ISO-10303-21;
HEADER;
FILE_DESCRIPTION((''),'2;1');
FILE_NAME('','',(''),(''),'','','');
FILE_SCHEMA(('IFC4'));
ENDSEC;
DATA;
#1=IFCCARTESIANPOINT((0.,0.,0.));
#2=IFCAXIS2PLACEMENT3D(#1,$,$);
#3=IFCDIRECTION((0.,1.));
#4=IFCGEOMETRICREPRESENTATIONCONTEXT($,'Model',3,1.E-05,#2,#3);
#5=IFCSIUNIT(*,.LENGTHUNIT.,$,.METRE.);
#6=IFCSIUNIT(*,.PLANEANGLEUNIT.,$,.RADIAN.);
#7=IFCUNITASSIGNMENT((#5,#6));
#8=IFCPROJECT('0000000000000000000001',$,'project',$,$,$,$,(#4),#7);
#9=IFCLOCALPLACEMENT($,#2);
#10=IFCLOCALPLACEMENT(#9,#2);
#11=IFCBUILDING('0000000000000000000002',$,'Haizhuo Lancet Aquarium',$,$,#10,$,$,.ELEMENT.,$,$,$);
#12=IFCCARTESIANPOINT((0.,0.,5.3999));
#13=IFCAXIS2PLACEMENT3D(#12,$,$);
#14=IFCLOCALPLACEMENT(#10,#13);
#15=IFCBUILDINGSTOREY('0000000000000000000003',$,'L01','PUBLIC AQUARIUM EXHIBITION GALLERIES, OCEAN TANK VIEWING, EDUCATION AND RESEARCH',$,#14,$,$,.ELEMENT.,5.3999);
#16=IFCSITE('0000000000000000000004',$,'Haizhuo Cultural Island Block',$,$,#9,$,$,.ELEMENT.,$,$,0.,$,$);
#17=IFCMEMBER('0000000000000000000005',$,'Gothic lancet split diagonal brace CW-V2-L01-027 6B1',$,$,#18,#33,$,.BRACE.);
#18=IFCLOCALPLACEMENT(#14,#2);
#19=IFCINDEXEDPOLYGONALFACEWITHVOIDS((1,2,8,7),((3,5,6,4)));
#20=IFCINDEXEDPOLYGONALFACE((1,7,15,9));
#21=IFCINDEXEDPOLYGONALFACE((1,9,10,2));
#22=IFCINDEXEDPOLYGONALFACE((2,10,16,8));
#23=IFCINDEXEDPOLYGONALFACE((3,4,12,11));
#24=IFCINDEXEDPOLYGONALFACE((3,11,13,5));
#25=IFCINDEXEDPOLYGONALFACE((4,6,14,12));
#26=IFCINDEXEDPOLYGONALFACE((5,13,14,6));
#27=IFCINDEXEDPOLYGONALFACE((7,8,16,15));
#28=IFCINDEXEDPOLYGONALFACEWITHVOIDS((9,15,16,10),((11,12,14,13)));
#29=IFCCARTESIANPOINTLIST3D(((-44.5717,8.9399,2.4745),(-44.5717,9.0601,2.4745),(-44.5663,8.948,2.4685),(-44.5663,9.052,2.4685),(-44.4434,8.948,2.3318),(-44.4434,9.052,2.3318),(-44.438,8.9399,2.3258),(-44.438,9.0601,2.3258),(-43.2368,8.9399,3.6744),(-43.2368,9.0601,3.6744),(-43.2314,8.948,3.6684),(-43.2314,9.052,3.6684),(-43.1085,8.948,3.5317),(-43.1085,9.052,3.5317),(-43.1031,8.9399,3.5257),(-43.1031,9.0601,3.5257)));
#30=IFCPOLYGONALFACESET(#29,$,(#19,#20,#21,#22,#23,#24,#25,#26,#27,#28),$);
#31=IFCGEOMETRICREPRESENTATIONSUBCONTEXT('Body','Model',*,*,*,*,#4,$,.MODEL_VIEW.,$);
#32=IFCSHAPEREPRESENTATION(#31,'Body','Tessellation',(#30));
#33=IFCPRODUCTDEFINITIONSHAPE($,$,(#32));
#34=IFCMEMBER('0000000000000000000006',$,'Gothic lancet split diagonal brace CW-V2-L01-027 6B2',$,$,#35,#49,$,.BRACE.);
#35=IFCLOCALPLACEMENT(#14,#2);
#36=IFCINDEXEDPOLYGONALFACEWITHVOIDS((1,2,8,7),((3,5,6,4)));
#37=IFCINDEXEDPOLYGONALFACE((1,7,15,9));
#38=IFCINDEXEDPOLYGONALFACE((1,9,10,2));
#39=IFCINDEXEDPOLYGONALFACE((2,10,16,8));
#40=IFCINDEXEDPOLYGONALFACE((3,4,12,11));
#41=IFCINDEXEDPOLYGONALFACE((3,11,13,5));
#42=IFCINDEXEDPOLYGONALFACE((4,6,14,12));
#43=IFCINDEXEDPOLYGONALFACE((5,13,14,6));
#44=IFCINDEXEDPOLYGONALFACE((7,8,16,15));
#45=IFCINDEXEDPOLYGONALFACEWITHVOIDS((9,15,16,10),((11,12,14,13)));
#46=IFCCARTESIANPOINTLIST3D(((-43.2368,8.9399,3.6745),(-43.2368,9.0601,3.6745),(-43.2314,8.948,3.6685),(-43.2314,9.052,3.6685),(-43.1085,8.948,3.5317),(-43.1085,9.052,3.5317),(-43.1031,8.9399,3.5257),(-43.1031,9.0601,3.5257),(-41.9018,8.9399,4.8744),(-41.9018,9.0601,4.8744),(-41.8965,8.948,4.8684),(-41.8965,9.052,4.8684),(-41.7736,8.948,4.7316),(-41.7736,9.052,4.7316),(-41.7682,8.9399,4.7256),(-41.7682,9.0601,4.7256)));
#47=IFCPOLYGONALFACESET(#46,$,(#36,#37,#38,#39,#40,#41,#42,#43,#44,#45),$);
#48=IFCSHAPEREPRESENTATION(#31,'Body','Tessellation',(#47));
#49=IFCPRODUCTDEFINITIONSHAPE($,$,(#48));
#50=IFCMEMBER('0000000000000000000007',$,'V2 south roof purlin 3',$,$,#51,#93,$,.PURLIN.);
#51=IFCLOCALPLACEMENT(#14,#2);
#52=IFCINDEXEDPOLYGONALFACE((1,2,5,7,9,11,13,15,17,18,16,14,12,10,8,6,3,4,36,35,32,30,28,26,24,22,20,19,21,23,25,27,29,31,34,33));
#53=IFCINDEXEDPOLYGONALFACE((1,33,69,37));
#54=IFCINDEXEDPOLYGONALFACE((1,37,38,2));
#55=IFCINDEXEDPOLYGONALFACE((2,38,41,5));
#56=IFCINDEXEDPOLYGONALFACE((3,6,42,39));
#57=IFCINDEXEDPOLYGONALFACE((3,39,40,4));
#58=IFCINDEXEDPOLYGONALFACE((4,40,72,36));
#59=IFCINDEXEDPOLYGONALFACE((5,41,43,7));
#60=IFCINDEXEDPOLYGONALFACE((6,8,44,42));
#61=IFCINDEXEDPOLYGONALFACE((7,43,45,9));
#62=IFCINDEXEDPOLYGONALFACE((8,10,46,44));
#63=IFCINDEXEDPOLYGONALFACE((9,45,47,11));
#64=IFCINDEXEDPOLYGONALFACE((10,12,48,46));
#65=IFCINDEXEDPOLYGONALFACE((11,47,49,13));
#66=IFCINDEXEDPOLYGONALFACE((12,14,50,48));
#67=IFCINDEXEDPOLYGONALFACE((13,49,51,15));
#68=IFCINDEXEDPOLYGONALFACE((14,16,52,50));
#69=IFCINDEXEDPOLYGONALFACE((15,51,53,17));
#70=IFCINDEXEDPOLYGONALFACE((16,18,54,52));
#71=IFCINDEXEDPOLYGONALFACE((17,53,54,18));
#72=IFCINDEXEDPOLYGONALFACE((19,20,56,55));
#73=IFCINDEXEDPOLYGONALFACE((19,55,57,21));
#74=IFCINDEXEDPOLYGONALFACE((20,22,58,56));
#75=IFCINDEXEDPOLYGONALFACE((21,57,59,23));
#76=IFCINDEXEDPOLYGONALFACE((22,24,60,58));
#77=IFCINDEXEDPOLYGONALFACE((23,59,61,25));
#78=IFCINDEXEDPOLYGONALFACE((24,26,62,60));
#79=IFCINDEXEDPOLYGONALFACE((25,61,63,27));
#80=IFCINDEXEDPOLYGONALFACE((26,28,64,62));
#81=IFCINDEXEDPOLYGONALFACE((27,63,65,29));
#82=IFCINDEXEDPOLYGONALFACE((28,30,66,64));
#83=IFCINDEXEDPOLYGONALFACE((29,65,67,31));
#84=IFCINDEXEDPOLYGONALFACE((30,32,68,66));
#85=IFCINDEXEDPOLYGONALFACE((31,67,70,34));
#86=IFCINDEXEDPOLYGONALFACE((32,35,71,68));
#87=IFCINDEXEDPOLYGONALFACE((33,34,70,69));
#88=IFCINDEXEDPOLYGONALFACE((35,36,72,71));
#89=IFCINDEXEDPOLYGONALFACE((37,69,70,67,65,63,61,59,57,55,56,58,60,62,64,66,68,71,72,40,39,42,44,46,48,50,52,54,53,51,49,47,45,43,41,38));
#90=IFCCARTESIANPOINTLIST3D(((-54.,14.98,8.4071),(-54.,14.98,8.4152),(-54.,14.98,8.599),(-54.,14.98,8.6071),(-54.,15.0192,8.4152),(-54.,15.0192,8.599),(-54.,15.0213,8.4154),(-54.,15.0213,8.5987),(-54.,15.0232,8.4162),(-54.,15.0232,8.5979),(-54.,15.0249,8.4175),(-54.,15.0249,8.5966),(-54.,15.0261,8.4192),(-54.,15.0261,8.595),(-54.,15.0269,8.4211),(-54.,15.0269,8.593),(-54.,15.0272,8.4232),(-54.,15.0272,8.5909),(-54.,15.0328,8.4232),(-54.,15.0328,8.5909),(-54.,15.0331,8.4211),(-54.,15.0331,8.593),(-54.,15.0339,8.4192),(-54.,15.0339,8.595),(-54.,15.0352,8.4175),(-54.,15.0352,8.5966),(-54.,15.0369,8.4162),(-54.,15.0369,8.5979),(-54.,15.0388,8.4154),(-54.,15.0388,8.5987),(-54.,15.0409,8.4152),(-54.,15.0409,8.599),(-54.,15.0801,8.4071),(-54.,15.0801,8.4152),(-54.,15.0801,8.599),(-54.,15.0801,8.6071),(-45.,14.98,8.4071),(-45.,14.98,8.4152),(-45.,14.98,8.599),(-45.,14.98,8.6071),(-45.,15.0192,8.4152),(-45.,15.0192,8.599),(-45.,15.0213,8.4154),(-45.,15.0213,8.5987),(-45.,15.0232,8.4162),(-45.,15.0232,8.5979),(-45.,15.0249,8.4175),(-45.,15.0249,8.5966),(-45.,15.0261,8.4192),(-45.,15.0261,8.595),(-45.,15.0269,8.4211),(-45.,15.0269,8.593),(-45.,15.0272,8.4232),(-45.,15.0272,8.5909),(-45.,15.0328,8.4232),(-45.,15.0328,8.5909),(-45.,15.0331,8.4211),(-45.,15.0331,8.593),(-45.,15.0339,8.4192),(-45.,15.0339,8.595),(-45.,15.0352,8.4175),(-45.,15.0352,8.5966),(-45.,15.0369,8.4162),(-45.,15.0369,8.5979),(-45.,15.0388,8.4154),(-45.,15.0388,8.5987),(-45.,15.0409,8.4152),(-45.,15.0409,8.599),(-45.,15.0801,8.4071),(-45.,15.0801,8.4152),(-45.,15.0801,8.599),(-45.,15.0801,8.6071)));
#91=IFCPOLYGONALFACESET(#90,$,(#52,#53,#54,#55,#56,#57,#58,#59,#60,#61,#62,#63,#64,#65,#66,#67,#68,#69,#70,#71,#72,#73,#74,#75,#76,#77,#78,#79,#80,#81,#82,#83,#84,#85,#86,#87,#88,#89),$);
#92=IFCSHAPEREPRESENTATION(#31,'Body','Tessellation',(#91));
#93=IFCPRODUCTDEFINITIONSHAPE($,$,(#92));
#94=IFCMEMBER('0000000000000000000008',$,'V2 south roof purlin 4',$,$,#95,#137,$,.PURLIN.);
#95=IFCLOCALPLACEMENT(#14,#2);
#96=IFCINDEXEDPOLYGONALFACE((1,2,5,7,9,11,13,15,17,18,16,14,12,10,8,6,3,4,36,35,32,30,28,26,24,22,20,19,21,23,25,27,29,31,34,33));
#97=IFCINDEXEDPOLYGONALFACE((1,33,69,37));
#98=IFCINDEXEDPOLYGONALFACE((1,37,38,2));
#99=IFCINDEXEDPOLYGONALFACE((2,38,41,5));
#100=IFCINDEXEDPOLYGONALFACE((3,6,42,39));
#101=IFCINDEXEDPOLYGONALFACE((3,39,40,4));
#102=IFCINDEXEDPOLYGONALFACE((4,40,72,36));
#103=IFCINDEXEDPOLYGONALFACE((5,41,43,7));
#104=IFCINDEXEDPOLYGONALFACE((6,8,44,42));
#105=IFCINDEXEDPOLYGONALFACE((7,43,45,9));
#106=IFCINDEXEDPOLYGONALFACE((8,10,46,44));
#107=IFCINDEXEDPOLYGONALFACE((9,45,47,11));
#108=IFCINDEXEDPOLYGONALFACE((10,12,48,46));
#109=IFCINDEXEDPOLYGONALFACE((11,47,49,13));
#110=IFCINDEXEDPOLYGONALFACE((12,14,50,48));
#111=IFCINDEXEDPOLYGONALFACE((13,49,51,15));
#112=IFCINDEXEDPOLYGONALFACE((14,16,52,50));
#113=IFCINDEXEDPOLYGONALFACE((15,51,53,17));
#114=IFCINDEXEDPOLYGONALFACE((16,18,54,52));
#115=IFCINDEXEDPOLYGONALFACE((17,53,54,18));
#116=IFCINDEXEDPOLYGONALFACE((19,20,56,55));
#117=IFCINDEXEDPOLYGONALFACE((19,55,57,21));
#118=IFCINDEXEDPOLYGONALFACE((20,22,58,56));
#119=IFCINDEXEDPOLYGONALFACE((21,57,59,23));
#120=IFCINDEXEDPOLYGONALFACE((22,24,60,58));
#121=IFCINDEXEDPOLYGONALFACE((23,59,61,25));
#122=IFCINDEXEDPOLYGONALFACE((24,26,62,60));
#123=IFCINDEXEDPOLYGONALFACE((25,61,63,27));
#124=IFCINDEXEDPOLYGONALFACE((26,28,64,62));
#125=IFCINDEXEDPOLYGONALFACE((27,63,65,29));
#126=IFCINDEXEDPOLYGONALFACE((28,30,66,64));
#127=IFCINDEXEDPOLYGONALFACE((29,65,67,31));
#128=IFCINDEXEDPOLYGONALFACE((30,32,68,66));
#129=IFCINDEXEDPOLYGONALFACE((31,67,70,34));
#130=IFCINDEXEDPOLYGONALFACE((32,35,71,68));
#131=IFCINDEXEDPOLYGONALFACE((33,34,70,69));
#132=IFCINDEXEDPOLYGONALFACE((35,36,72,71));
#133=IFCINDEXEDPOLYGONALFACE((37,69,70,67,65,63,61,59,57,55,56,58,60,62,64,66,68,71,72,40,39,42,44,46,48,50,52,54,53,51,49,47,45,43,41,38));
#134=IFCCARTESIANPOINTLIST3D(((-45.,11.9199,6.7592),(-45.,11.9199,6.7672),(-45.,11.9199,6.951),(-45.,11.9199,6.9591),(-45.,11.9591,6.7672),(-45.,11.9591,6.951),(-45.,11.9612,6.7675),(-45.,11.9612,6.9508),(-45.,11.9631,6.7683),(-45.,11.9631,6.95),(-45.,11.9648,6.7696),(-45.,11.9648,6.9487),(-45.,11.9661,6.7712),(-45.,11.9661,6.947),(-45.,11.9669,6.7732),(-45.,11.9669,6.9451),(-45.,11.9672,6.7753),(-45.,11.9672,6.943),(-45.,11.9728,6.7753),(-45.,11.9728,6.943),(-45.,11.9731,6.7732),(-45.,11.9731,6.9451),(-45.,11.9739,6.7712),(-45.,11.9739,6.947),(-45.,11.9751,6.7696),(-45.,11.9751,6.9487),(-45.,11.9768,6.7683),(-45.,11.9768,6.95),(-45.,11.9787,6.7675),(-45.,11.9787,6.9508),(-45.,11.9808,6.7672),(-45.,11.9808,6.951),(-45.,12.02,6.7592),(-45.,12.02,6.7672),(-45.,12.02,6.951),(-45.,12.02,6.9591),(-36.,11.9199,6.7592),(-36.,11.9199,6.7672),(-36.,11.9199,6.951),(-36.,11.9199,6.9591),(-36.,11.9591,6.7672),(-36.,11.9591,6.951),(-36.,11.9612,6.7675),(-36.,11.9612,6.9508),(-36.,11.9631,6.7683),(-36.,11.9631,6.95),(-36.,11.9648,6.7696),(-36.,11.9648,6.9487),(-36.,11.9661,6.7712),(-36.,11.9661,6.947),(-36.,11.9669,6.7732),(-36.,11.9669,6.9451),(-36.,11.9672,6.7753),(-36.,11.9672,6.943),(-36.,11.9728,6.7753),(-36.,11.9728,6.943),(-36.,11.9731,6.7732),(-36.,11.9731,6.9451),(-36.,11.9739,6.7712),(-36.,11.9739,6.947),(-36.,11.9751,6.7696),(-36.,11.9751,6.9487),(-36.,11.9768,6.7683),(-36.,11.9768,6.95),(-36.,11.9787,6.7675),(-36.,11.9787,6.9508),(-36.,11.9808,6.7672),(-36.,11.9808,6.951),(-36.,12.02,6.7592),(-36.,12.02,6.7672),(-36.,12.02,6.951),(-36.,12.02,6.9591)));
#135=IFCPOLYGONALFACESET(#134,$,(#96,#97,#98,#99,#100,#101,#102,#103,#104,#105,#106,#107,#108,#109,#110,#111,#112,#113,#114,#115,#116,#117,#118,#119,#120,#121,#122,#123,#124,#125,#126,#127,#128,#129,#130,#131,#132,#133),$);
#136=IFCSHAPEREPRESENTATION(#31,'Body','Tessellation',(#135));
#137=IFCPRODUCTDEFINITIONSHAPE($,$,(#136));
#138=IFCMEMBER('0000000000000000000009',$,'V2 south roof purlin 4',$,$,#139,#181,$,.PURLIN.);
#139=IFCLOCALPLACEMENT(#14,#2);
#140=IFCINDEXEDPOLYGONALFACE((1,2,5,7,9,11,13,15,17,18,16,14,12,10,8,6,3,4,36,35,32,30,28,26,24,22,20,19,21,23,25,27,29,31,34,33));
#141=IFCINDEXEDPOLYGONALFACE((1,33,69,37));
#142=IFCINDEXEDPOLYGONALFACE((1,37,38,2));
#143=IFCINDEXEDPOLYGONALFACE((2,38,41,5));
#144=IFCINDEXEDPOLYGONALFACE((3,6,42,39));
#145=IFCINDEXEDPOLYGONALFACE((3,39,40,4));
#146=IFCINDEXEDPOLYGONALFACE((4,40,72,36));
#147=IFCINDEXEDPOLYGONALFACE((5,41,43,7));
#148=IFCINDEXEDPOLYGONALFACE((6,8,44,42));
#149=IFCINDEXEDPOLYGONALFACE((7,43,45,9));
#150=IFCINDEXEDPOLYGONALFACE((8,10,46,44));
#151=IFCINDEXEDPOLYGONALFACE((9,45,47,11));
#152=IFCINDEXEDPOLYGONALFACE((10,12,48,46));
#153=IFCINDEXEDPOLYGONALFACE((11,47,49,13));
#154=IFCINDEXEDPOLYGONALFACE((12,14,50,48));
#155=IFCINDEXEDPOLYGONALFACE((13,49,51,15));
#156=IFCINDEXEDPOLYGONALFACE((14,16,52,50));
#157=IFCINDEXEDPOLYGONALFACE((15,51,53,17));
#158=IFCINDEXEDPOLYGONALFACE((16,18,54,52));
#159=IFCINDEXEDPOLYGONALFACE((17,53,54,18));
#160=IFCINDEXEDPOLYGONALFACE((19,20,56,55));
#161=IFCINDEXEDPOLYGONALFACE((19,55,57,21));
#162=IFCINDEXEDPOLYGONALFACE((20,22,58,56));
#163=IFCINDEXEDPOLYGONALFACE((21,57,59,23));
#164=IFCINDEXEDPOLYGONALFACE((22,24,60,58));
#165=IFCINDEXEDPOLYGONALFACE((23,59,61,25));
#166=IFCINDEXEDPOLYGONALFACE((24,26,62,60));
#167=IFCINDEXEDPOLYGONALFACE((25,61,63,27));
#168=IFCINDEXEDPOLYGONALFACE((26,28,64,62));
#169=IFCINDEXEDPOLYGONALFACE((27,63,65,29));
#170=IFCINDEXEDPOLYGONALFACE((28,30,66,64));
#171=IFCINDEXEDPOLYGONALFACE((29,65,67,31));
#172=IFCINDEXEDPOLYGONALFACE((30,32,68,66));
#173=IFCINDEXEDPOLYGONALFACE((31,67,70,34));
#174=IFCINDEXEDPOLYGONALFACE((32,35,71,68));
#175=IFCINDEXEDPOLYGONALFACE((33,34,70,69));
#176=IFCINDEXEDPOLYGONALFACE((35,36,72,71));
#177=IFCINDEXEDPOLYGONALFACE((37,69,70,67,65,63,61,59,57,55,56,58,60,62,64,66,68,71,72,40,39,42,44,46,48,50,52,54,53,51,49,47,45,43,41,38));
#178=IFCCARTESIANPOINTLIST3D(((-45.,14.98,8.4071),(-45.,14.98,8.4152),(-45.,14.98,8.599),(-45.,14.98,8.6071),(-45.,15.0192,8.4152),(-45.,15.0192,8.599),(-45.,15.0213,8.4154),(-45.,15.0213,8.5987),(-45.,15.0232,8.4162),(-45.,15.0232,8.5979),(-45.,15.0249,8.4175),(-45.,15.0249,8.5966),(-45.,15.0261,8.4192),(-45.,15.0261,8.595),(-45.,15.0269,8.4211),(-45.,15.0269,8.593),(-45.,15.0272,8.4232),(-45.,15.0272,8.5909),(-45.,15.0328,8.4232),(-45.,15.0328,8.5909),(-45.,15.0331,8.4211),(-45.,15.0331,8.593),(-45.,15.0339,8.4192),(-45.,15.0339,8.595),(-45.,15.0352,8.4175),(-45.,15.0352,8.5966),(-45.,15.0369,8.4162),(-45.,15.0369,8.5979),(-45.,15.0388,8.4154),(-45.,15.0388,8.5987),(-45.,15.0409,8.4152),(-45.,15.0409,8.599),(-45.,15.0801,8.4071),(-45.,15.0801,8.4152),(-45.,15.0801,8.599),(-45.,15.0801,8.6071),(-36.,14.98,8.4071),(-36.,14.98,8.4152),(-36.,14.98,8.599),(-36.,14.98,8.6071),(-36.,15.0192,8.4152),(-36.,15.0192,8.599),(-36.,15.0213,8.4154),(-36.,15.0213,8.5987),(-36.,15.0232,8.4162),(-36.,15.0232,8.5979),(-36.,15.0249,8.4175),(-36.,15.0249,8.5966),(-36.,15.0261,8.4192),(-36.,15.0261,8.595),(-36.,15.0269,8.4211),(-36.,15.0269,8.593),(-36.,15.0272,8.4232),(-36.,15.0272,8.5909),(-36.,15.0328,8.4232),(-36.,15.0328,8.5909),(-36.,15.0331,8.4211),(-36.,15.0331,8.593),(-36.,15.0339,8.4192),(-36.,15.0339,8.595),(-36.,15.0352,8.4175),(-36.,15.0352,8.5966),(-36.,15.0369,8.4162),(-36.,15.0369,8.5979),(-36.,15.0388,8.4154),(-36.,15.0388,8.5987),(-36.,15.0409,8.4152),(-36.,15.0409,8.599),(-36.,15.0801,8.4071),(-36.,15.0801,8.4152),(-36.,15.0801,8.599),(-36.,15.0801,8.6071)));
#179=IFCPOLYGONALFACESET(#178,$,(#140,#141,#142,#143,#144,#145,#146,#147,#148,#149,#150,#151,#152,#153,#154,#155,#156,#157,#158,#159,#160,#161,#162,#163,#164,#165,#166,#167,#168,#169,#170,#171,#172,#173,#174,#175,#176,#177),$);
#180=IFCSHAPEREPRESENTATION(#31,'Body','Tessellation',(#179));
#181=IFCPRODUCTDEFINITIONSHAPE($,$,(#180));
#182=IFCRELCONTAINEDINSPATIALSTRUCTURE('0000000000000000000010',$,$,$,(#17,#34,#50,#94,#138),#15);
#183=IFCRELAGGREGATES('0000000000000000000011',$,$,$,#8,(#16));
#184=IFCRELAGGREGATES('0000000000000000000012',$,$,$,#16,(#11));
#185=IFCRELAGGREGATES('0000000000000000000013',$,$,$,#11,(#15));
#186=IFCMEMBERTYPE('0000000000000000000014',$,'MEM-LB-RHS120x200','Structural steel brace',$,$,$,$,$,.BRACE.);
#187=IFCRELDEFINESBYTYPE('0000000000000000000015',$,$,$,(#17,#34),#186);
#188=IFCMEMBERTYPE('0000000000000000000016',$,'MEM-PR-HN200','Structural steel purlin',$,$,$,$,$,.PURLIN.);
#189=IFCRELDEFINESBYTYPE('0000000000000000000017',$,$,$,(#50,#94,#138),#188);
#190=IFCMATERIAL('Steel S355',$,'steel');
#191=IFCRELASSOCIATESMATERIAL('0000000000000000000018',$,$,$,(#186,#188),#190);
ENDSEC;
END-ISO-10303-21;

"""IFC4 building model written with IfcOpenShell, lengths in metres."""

from ifc_helpers import new_model, si_unit, direction, frame, origin, origin_2d, place, context, subcontext, project, spatial, hollow_rectangle, i_section, extrude, material, material_profile, profile_set, type_object, element, save


model = new_model("IFC4")

# Units and contexts
model_context = context("Model", 3, precision=1e-05, world=origin(), true_north=direction((0.0, 1.0)))
body_context = subcontext(model_context, "Body", "Model", "MODEL_VIEW")
ifc_project = project(units=[si_unit("LENGTHUNIT", "METRE"), si_unit("PLANEANGLEUNIT", "RADIAN")], contexts=[model_context])

# Site, building, storey
site_placement = place(None, origin())
site = spatial("IfcSite", under=ifc_project, at=site_placement, Name="Haizhuo Cultural Island Block", CompositionType="ELEMENT", RefElevation=0.0)
building_placement = place(site_placement, origin())
building = spatial("IfcBuilding", under=site, at=building_placement, Name="Haizhuo Lancet Aquarium", CompositionType="ELEMENT")
storey_placement = place(building_placement, frame((0.0, 0.0, 5.3999)))
storey = spatial("IfcBuildingStorey", under=building, at=storey_placement, Name="L01", Description="PUBLIC AQUARIUM EXHIBITION GALLERIES, OCEAN TANK VIEWING, EDUCATION AND RESEARCH", CompositionType="ELEMENT", Elevation=5.3999)

# Shared definitions
ifc_material_1 = material(Name="Steel S355", Category="steel")

# Members
ifc_material_profile_1 = material_profile(ifc_material_1, hollow_rectangle(XDim=0.1201, YDim=0.2, WallThickness=0.0081, at=origin_2d()), Name="RHS 120x200x8")
ifc_profile_set_1 = profile_set([ifc_material_profile_1], Name="Steel S355")
member_type_1 = type_object("IfcMemberType", Name="MEM-LB-RHS120x200", Description="Structural steel brace", PredefinedType="BRACE", material=ifc_profile_set_1)
for number, where, z_axis, x_axis, name in (
    (1, (-44.5049, 9.0, 2.4001), (0.743713, 0.0, 0.668499), (0.0, 1.0, 0.0), "Gothic lancet split diagonal brace CW-V2-L01-027 6B1"),
    (2, (-43.1699, 9.0, 3.6001), (0.743713, 0.0, 0.668499), (0.0, 1.0, 0.0), "Gothic lancet split diagonal brace CW-V2-L01-027 6B2"),
):
    element("IfcMember", number, at=place(storey_placement, frame(where, z_axis=z_axis, x_axis=x_axis)), inside=storey, type_object=member_type_1, Name=name, PredefinedType="BRACE", context=body_context, shape_type="SweptSolid", body=[
        extrude(hollow_rectangle(XDim=0.1201, YDim=0.2, WallThickness=0.0081, at=origin_2d()), origin(), (0.0, 0.0, 1.0), 1.7949),
    ])
ifc_material_profile_2 = material_profile(ifc_material_1, i_section(OverallWidth=0.1001, OverallDepth=0.2, WebThickness=0.0056, FlangeThickness=0.0081, FilletRadius=0.0081, at=origin_2d()), Name="HN 200x100x5.5x8")
ifc_profile_set_2 = profile_set([ifc_material_profile_2], Name="Steel S355")
member_type_2 = type_object("IfcMemberType", Name="MEM-PR-HN200", Description="Structural steel purlin", PredefinedType="PURLIN", material=ifc_profile_set_2)
for number, where, z_axis, x_axis, name in (
    (3, (-54.0, 15.03, 8.5071), (1.0, 0.0, 0.0), (0.0, 1.0, 0.0), "V2 south roof purlin 3"),
    (4, (-45.0, 11.97, 6.8591), (1.0, 0.0, 0.0), (0.0, 1.0, 0.0), "V2 south roof purlin 4"),
    (5, (-45.0, 15.03, 8.5071), (1.0, 0.0, 0.0), (0.0, 1.0, 0.0), "V2 south roof purlin 4"),
):
    element("IfcMember", number, at=place(storey_placement, frame(where, z_axis=z_axis, x_axis=x_axis)), inside=storey, type_object=member_type_2, Name=name, PredefinedType="PURLIN", context=body_context, shape_type="SweptSolid", body=[
        extrude(i_section(OverallWidth=0.1001, OverallDepth=0.2, WebThickness=0.0056, FlangeThickness=0.0081, FilletRadius=0.0081, at=origin_2d()), origin(), (0.0, 0.0, 1.0), 9.0),
    ])

save(model, "model.ifc")
